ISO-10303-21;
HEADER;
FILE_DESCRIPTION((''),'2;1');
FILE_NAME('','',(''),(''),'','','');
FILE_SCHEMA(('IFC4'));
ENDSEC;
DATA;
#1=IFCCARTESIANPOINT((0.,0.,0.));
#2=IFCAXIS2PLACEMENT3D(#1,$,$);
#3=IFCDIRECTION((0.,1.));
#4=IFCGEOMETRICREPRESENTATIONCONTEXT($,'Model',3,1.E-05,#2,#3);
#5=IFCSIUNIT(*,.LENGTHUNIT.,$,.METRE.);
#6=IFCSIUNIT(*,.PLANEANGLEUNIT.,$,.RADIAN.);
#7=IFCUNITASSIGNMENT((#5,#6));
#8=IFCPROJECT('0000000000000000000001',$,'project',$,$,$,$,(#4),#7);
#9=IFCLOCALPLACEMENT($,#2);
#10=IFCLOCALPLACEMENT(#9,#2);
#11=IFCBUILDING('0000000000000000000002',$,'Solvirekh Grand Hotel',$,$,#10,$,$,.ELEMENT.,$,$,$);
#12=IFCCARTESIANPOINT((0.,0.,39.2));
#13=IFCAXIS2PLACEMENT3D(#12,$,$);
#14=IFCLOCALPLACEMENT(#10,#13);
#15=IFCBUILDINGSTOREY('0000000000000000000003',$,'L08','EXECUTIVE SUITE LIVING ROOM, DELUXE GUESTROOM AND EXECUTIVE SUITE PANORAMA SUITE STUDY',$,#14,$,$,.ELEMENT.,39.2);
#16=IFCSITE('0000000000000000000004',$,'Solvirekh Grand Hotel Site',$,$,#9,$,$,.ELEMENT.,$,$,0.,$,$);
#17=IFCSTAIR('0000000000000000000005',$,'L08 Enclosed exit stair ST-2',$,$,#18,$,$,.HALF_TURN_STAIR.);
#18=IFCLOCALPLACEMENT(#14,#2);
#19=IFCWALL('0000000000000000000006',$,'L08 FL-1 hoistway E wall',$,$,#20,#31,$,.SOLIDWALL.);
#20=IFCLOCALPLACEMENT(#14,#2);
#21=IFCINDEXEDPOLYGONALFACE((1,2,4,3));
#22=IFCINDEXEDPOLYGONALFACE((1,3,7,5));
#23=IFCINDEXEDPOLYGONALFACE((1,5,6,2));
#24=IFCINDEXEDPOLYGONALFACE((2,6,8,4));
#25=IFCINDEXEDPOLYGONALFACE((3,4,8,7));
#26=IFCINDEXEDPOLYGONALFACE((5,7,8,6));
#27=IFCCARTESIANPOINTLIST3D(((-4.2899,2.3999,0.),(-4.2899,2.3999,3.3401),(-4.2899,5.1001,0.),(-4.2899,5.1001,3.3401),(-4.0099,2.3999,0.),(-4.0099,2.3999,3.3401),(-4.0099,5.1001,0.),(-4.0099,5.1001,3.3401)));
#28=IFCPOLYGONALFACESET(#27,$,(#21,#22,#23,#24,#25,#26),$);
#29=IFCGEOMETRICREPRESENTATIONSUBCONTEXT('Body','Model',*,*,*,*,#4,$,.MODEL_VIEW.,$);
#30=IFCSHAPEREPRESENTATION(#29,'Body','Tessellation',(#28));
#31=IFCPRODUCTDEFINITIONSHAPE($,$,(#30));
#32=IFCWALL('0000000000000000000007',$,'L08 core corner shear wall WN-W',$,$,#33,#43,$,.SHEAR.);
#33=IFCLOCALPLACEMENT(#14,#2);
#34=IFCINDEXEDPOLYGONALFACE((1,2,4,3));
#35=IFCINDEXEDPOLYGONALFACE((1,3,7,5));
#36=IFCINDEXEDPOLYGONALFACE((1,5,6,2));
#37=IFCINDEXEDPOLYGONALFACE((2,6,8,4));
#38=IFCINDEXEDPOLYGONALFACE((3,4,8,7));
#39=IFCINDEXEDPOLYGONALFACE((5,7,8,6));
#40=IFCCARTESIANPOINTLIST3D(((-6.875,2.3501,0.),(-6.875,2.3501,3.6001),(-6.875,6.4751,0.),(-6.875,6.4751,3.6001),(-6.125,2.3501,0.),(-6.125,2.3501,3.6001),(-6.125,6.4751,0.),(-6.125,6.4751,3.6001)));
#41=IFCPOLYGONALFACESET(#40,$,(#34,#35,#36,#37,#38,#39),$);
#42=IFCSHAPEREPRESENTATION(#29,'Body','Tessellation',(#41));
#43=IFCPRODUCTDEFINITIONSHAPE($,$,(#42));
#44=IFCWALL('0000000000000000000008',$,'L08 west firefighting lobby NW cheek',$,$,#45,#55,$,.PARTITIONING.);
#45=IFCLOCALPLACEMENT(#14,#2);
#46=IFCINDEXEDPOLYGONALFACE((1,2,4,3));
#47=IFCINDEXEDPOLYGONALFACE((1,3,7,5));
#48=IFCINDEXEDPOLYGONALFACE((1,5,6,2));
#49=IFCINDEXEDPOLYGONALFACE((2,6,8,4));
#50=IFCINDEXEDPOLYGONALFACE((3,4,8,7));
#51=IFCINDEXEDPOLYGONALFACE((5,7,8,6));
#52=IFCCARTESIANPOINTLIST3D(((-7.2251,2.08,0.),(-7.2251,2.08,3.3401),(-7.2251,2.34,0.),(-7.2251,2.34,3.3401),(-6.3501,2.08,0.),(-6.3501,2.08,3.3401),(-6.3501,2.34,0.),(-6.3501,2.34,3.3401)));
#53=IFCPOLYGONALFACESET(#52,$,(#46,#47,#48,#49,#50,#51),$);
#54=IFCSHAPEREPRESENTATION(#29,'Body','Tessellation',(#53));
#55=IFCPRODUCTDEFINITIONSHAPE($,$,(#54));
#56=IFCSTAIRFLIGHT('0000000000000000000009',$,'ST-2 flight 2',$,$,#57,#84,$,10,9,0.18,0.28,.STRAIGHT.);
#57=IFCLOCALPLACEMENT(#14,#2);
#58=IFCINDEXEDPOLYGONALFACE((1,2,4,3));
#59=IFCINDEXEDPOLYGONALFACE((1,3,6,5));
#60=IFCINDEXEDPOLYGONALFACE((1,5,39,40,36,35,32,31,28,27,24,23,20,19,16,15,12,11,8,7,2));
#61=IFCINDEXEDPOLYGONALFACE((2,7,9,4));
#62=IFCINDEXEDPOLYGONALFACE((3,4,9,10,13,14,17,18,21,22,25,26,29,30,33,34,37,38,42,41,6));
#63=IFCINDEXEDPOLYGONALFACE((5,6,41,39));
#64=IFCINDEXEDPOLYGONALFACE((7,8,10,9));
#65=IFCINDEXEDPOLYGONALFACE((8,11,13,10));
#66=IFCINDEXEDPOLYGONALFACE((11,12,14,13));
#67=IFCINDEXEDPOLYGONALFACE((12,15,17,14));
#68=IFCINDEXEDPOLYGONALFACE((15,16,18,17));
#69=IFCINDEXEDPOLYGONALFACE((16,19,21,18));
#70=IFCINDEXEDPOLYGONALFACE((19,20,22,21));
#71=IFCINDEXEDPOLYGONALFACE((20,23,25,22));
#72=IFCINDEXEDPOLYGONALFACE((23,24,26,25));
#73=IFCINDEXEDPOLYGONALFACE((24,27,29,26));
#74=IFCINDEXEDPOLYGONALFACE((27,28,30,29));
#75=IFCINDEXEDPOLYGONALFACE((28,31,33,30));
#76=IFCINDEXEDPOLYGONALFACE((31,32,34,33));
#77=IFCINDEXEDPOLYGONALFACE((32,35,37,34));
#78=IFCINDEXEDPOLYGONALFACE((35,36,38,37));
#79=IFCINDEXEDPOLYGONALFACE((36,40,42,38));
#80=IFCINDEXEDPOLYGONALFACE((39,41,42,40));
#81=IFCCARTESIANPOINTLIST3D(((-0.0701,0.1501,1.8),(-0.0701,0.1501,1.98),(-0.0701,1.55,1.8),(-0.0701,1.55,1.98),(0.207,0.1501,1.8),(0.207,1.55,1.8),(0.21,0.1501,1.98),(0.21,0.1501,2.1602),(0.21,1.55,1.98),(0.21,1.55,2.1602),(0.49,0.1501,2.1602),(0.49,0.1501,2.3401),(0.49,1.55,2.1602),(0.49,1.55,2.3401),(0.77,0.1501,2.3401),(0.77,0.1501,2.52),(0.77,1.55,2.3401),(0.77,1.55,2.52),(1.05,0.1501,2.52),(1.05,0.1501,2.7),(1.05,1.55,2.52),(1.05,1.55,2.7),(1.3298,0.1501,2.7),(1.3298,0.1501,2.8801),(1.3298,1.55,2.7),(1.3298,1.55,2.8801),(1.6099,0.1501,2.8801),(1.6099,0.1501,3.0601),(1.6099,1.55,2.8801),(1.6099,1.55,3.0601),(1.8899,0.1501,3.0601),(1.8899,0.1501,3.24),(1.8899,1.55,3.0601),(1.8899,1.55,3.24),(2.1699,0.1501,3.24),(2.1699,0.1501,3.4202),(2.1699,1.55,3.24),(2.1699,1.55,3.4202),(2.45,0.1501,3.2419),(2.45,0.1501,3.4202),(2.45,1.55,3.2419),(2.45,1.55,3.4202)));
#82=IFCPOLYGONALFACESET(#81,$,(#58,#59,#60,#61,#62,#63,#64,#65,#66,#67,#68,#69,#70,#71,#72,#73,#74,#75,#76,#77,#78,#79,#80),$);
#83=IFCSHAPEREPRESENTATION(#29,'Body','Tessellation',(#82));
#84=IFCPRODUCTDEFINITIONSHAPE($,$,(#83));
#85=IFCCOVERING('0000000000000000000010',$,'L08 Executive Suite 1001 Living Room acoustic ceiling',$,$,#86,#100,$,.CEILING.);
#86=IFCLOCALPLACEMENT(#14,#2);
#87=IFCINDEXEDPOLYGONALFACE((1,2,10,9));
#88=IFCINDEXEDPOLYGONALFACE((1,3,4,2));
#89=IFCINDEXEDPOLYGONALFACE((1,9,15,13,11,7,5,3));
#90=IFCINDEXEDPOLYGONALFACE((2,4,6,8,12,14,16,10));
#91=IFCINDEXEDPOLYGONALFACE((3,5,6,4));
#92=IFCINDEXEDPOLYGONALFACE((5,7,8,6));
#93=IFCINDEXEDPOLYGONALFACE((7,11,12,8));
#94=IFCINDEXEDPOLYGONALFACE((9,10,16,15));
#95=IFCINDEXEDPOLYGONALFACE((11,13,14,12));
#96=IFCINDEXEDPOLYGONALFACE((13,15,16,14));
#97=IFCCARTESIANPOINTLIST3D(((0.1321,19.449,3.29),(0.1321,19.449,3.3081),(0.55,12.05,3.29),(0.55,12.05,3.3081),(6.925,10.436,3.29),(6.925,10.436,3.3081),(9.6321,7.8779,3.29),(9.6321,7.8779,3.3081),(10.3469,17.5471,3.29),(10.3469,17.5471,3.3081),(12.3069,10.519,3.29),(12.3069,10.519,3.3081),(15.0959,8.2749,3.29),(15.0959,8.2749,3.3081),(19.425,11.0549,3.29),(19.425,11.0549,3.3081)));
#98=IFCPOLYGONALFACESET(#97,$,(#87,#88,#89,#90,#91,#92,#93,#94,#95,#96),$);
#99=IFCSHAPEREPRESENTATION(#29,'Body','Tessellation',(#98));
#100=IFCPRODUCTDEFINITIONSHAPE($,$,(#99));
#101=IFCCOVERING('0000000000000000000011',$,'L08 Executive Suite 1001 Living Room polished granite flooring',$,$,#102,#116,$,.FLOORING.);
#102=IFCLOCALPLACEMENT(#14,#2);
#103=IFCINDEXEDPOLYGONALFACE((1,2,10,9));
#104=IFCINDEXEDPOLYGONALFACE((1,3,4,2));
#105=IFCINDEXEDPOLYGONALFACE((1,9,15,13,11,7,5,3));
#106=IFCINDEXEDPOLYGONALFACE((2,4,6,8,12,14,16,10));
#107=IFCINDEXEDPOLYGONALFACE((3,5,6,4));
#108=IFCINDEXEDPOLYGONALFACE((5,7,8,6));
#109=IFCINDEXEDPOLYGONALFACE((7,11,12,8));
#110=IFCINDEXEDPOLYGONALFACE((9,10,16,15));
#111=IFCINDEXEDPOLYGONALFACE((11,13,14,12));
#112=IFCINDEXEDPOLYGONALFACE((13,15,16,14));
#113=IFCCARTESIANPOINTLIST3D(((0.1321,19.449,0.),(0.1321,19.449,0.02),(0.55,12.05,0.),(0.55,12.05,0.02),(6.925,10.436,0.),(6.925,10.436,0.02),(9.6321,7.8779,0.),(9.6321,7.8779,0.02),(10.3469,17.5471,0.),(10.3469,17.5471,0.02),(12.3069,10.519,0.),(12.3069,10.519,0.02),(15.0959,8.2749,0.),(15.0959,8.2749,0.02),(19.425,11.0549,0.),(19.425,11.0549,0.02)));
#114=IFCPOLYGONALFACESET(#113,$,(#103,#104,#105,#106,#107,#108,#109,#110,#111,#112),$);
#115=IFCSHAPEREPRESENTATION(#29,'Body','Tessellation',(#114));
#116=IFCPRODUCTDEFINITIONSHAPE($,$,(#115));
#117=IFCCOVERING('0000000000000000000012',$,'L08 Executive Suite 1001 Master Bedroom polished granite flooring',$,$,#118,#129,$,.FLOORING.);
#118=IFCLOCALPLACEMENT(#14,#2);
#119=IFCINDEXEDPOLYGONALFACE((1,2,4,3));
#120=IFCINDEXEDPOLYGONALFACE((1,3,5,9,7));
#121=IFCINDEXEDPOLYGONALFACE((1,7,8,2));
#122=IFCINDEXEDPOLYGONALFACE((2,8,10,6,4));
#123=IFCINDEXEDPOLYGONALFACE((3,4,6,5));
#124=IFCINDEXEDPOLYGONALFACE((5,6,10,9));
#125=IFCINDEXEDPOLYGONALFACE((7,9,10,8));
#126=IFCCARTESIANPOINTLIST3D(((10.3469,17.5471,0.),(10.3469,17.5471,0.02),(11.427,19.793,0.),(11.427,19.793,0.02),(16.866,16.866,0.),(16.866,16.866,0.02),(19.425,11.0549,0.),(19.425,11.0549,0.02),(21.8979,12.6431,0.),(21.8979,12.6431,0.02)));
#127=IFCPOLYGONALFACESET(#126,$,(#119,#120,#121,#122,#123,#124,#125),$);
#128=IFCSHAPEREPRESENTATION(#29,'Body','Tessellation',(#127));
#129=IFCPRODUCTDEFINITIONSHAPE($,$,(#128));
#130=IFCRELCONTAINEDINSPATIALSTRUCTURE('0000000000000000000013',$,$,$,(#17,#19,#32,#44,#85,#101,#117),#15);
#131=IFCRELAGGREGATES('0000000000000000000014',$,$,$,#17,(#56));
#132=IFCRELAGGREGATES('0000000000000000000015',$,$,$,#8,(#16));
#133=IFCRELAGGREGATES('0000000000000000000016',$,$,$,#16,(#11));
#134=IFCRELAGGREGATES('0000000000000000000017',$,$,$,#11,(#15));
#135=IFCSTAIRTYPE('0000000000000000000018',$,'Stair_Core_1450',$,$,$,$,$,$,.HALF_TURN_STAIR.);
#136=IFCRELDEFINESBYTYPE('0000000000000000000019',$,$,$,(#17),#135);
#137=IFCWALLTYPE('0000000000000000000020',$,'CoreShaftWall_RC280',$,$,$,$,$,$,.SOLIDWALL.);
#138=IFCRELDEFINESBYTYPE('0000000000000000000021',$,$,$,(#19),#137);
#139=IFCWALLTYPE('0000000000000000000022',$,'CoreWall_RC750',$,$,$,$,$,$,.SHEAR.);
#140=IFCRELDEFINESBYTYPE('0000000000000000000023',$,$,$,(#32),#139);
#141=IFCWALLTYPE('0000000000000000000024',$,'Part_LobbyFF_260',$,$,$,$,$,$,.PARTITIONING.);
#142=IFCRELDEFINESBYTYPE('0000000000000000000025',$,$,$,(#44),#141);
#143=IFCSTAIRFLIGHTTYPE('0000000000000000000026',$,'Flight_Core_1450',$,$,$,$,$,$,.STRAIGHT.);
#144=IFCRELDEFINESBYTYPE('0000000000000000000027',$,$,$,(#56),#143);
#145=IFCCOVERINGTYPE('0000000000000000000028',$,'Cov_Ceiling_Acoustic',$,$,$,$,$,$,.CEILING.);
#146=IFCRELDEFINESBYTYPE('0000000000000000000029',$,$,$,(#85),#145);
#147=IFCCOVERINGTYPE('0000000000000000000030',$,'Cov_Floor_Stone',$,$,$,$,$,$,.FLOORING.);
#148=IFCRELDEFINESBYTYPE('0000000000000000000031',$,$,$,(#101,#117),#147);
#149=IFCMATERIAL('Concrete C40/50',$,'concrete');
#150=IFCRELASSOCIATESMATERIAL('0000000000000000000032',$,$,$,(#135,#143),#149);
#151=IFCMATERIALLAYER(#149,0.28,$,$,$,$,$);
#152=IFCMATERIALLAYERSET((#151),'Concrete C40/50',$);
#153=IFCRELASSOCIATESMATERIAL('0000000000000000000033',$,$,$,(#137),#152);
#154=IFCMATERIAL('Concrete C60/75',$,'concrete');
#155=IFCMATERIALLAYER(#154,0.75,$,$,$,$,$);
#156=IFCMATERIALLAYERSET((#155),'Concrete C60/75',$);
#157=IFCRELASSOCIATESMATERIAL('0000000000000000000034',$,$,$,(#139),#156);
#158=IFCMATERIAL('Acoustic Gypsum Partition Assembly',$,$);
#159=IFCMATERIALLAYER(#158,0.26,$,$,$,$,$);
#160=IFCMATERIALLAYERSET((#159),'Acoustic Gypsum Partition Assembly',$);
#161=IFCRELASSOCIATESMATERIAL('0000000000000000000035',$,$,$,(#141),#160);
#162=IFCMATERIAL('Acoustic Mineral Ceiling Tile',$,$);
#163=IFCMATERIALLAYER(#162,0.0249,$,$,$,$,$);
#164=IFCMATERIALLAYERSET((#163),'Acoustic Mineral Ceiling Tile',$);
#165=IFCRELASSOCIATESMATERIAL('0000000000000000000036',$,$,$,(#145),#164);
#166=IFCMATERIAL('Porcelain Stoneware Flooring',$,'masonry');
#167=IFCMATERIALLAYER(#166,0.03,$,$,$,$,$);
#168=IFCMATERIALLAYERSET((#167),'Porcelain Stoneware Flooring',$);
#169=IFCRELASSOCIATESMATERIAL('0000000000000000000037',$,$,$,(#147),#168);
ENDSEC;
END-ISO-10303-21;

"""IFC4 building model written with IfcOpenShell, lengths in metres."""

from ifc_helpers import new_model, si_unit, direction, frame, frame_2d, origin, place, context, subcontext, project, spatial, polyline, rectangle, outline, extrude, material, layer, layer_set, type_object, element, aggregate, save


model = new_model("IFC4")

# Units and contexts
model_context = context("Model", 3, precision=1e-05, world=origin(), true_north=direction((0.0, 1.0)))
body_context = subcontext(model_context, "Body", "Model", "MODEL_VIEW")
ifc_project = project(units=[si_unit("LENGTHUNIT", "METRE"), si_unit("PLANEANGLEUNIT", "RADIAN")], contexts=[model_context])

# Site, building, storey
site_placement = place(None, origin())
site = spatial("IfcSite", under=ifc_project, at=site_placement, Name="Solvirekh Grand Hotel Site", CompositionType="ELEMENT", RefElevation=0.0)
building_placement = place(site_placement, origin())
building = spatial("IfcBuilding", under=site, at=building_placement, Name="Solvirekh Grand Hotel", CompositionType="ELEMENT")
storey_placement = place(building_placement, frame((0.0, 0.0, 39.2)))
storey = spatial("IfcBuildingStorey", under=building, at=storey_placement, Name="L08", Description="EXECUTIVE SUITE LIVING ROOM, DELUXE GUESTROOM AND EXECUTIVE SUITE PANORAMA SUITE STUDY", CompositionType="ELEMENT", Elevation=39.2)

# Stair
ifc_material_1 = material(Name="Concrete C40/50", Category="concrete")
stair_type = type_object("IfcStairType", Name="Stair_Core_1450", PredefinedType="HALF_TURN_STAIR", material=ifc_material_1)
stair_1_placement = place(storey_placement, origin())
stair_1 = element("IfcStair", 1, at=stair_1_placement, inside=storey, type_object=stair_type, Name="L08 Enclosed exit stair ST-2", PredefinedType="HALF_TURN_STAIR")

# Shared definitions
ifc_layer_1 = layer(ifc_material_1, 0.28)
ifc_layer_set_1 = layer_set([ifc_layer_1], Name="Concrete C40/50")
wall_type_1 = type_object("IfcWallType", Name="CoreShaftWall_RC280", PredefinedType="SOLIDWALL", material=ifc_layer_set_1)

# Walls
wall_1_placement = place(storey_placement, frame((-4.1499, 2.3999, 0.0), z_axis=(0.0, 0.0, 1.0), x_axis=(0.0, 1.0, 0.0)))
element("IfcWall", 2, at=wall_1_placement, inside=storey, type_object=wall_type_1, Name="L08 FL-1 hoistway E wall", PredefinedType="SOLIDWALL", context=body_context, shape_type="SweptSolid", body=[
    extrude(rectangle(XDim=2.7002, YDim=0.28, at=frame_2d((1.3501, 0.0))), origin(), (0.0, 0.0, 1.0), 3.3401),
])
ifc_material_2 = material(Name="Concrete C60/75", Category="concrete")
ifc_layer_2 = layer(ifc_material_2, 0.75)
ifc_layer_set_2 = layer_set([ifc_layer_2], Name="Concrete C60/75")
wall_type_2 = type_object("IfcWallType", Name="CoreWall_RC750", PredefinedType="SHEAR", material=ifc_layer_set_2)
wall_2_placement = place(storey_placement, frame((-6.5, 2.3501, 0.0), z_axis=(0.0, 0.0, 1.0), x_axis=(0.0, 1.0, 0.0)))
element("IfcWall", 3, at=wall_2_placement, inside=storey, type_object=wall_type_2, Name="L08 core corner shear wall WN-W", PredefinedType="SHEAR", context=body_context, shape_type="SweptSolid", body=[
    extrude(rectangle(XDim=4.125, YDim=0.75, at=frame_2d((2.0625, 0.0))), origin(), (0.0, 0.0, 1.0), 3.6001),
])
ifc_material_3 = material(Name="Acoustic Gypsum Partition Assembly")
ifc_layer_3 = layer(ifc_material_3, 0.26)
ifc_layer_set_3 = layer_set([ifc_layer_3], Name="Acoustic Gypsum Partition Assembly")
wall_type_3 = type_object("IfcWallType", Name="Part_LobbyFF_260", PredefinedType="PARTITIONING", material=ifc_layer_set_3)
wall_3_placement = place(storey_placement, frame((-7.2251, 2.21, 0.0), z_axis=(0.0, 0.0, 1.0), x_axis=(1.0, 0.0, 0.0)))
element("IfcWall", 4, at=wall_3_placement, inside=storey, type_object=wall_type_3, Name="L08 west firefighting lobby NW cheek", PredefinedType="PARTITIONING", context=body_context, shape_type="SweptSolid", body=[
    extrude(rectangle(XDim=0.875, YDim=0.26, at=frame_2d((0.4375, 0.0))), origin(), (0.0, 0.0, 1.0), 3.3401),
])

# Stair flight
stair_flight_type = type_object("IfcStairFlightType", Name="Flight_Core_1450", PredefinedType="STRAIGHT", material=ifc_material_1)
stair_flight_placement = place(storey_placement, frame((-0.0701, 0.8501, 1.8), z_axis=(0.0, 0.0, 1.0), x_axis=(1.0, 0.0, 0.0)))
stair_flight = element("IfcStairFlight", 5, at=stair_flight_placement, type_object=stair_flight_type, Name="ST-2 flight 2", NumberOfRisers=10, NumberOfTreads=9, PredefinedType="STRAIGHT", RiserHeight=0.18, TreadLength=0.28, context=body_context, shape_type="SweptSolid", body=[
    extrude(outline(polyline([(0.0, 0.0), (0.0, 0.1799), (0.28, 0.1799), (0.28, 0.3601), (0.5601, 0.3601), (0.5601, 0.54), (0.8401, 0.54), (0.8401, 0.72), (1.1201, 0.72), (1.1201, 0.8999), (1.3999, 0.8999), (1.3999, 1.0801), (1.6799, 1.0801), (1.6799, 1.26), (1.96, 1.26), (1.96, 1.4399), (2.24, 1.4399), (2.24, 1.6201), (2.52, 1.6201), (2.52, 1.8), (2.52, 1.4419), (0.2771, 0.0), (0.0, 0.0)])), frame((0.0, 0.7, 0.0), z_axis=(0.0, -1.0, 0.0), x_axis=(1.0, 0.0, 0.0)), (0.0, 0.0, 1.0), 1.3999),
])
aggregate(stair_1, [stair_flight])

# Coverings
ifc_material_4 = material(Name="Acoustic Mineral Ceiling Tile")
ifc_layer_4 = layer(ifc_material_4, 0.0249)
ifc_layer_set_4 = layer_set([ifc_layer_4], Name="Acoustic Mineral Ceiling Tile")
covering_type_1 = type_object("IfcCoveringType", Name="Cov_Ceiling_Acoustic", PredefinedType="CEILING", material=ifc_layer_set_4)
covering_1_placement = place(storey_placement, frame((0.0, 0.0, 3.29)))
element("IfcCovering", 6, at=covering_1_placement, inside=storey, type_object=covering_type_1, Name="L08 Executive Suite 1001 Living Room acoustic ceiling", PredefinedType="CEILING", context=body_context, shape_type="SweptSolid", body=[
    extrude(outline(polyline([(12.3069, 10.519), (15.0959, 8.2749), (19.425, 11.0549), (10.3469, 17.5471), (0.1321, 19.449), (0.55, 12.05), (6.925, 10.436), (9.6321, 7.8779), (12.3069, 10.519)])), origin(), (0.0, 0.0, 1.0), 0.0181),
])
ifc_material_5 = material(Name="Porcelain Stoneware Flooring", Category="masonry")
ifc_layer_5 = layer(ifc_material_5, 0.03)
ifc_layer_set_5 = layer_set([ifc_layer_5], Name="Porcelain Stoneware Flooring")
covering_type_2 = type_object("IfcCoveringType", Name="Cov_Floor_Stone", PredefinedType="FLOORING", material=ifc_layer_set_5)
covering_2_placement = place(storey_placement, origin())
element("IfcCovering", 7, at=covering_2_placement, inside=storey, type_object=covering_type_2, Name="L08 Executive Suite 1001 Living Room polished granite flooring", PredefinedType="FLOORING", context=body_context, shape_type="SweptSolid", body=[
    extrude(outline(polyline([(12.3069, 10.519), (15.0959, 8.2749), (19.425, 11.0549), (10.3469, 17.5471), (0.1321, 19.449), (0.55, 12.05), (6.925, 10.436), (9.6321, 7.8779), (12.3069, 10.519)])), origin(), (0.0, 0.0, 1.0), 0.02),
])
covering_3_placement = place(storey_placement, origin())
element("IfcCovering", 8, at=covering_3_placement, inside=storey, type_object=covering_type_2, Name="L08 Executive Suite 1001 Master Bedroom polished granite flooring", PredefinedType="FLOORING", context=body_context, shape_type="SweptSolid", body=[
    extrude(outline(polyline([(21.8979, 12.6431), (16.866, 16.866), (11.427, 19.793), (10.3469, 17.5471), (19.425, 11.0549), (21.8979, 12.6431)])), origin(), (0.0, 0.0, 1.0), 0.02),
])

save(model, "model.ifc")
